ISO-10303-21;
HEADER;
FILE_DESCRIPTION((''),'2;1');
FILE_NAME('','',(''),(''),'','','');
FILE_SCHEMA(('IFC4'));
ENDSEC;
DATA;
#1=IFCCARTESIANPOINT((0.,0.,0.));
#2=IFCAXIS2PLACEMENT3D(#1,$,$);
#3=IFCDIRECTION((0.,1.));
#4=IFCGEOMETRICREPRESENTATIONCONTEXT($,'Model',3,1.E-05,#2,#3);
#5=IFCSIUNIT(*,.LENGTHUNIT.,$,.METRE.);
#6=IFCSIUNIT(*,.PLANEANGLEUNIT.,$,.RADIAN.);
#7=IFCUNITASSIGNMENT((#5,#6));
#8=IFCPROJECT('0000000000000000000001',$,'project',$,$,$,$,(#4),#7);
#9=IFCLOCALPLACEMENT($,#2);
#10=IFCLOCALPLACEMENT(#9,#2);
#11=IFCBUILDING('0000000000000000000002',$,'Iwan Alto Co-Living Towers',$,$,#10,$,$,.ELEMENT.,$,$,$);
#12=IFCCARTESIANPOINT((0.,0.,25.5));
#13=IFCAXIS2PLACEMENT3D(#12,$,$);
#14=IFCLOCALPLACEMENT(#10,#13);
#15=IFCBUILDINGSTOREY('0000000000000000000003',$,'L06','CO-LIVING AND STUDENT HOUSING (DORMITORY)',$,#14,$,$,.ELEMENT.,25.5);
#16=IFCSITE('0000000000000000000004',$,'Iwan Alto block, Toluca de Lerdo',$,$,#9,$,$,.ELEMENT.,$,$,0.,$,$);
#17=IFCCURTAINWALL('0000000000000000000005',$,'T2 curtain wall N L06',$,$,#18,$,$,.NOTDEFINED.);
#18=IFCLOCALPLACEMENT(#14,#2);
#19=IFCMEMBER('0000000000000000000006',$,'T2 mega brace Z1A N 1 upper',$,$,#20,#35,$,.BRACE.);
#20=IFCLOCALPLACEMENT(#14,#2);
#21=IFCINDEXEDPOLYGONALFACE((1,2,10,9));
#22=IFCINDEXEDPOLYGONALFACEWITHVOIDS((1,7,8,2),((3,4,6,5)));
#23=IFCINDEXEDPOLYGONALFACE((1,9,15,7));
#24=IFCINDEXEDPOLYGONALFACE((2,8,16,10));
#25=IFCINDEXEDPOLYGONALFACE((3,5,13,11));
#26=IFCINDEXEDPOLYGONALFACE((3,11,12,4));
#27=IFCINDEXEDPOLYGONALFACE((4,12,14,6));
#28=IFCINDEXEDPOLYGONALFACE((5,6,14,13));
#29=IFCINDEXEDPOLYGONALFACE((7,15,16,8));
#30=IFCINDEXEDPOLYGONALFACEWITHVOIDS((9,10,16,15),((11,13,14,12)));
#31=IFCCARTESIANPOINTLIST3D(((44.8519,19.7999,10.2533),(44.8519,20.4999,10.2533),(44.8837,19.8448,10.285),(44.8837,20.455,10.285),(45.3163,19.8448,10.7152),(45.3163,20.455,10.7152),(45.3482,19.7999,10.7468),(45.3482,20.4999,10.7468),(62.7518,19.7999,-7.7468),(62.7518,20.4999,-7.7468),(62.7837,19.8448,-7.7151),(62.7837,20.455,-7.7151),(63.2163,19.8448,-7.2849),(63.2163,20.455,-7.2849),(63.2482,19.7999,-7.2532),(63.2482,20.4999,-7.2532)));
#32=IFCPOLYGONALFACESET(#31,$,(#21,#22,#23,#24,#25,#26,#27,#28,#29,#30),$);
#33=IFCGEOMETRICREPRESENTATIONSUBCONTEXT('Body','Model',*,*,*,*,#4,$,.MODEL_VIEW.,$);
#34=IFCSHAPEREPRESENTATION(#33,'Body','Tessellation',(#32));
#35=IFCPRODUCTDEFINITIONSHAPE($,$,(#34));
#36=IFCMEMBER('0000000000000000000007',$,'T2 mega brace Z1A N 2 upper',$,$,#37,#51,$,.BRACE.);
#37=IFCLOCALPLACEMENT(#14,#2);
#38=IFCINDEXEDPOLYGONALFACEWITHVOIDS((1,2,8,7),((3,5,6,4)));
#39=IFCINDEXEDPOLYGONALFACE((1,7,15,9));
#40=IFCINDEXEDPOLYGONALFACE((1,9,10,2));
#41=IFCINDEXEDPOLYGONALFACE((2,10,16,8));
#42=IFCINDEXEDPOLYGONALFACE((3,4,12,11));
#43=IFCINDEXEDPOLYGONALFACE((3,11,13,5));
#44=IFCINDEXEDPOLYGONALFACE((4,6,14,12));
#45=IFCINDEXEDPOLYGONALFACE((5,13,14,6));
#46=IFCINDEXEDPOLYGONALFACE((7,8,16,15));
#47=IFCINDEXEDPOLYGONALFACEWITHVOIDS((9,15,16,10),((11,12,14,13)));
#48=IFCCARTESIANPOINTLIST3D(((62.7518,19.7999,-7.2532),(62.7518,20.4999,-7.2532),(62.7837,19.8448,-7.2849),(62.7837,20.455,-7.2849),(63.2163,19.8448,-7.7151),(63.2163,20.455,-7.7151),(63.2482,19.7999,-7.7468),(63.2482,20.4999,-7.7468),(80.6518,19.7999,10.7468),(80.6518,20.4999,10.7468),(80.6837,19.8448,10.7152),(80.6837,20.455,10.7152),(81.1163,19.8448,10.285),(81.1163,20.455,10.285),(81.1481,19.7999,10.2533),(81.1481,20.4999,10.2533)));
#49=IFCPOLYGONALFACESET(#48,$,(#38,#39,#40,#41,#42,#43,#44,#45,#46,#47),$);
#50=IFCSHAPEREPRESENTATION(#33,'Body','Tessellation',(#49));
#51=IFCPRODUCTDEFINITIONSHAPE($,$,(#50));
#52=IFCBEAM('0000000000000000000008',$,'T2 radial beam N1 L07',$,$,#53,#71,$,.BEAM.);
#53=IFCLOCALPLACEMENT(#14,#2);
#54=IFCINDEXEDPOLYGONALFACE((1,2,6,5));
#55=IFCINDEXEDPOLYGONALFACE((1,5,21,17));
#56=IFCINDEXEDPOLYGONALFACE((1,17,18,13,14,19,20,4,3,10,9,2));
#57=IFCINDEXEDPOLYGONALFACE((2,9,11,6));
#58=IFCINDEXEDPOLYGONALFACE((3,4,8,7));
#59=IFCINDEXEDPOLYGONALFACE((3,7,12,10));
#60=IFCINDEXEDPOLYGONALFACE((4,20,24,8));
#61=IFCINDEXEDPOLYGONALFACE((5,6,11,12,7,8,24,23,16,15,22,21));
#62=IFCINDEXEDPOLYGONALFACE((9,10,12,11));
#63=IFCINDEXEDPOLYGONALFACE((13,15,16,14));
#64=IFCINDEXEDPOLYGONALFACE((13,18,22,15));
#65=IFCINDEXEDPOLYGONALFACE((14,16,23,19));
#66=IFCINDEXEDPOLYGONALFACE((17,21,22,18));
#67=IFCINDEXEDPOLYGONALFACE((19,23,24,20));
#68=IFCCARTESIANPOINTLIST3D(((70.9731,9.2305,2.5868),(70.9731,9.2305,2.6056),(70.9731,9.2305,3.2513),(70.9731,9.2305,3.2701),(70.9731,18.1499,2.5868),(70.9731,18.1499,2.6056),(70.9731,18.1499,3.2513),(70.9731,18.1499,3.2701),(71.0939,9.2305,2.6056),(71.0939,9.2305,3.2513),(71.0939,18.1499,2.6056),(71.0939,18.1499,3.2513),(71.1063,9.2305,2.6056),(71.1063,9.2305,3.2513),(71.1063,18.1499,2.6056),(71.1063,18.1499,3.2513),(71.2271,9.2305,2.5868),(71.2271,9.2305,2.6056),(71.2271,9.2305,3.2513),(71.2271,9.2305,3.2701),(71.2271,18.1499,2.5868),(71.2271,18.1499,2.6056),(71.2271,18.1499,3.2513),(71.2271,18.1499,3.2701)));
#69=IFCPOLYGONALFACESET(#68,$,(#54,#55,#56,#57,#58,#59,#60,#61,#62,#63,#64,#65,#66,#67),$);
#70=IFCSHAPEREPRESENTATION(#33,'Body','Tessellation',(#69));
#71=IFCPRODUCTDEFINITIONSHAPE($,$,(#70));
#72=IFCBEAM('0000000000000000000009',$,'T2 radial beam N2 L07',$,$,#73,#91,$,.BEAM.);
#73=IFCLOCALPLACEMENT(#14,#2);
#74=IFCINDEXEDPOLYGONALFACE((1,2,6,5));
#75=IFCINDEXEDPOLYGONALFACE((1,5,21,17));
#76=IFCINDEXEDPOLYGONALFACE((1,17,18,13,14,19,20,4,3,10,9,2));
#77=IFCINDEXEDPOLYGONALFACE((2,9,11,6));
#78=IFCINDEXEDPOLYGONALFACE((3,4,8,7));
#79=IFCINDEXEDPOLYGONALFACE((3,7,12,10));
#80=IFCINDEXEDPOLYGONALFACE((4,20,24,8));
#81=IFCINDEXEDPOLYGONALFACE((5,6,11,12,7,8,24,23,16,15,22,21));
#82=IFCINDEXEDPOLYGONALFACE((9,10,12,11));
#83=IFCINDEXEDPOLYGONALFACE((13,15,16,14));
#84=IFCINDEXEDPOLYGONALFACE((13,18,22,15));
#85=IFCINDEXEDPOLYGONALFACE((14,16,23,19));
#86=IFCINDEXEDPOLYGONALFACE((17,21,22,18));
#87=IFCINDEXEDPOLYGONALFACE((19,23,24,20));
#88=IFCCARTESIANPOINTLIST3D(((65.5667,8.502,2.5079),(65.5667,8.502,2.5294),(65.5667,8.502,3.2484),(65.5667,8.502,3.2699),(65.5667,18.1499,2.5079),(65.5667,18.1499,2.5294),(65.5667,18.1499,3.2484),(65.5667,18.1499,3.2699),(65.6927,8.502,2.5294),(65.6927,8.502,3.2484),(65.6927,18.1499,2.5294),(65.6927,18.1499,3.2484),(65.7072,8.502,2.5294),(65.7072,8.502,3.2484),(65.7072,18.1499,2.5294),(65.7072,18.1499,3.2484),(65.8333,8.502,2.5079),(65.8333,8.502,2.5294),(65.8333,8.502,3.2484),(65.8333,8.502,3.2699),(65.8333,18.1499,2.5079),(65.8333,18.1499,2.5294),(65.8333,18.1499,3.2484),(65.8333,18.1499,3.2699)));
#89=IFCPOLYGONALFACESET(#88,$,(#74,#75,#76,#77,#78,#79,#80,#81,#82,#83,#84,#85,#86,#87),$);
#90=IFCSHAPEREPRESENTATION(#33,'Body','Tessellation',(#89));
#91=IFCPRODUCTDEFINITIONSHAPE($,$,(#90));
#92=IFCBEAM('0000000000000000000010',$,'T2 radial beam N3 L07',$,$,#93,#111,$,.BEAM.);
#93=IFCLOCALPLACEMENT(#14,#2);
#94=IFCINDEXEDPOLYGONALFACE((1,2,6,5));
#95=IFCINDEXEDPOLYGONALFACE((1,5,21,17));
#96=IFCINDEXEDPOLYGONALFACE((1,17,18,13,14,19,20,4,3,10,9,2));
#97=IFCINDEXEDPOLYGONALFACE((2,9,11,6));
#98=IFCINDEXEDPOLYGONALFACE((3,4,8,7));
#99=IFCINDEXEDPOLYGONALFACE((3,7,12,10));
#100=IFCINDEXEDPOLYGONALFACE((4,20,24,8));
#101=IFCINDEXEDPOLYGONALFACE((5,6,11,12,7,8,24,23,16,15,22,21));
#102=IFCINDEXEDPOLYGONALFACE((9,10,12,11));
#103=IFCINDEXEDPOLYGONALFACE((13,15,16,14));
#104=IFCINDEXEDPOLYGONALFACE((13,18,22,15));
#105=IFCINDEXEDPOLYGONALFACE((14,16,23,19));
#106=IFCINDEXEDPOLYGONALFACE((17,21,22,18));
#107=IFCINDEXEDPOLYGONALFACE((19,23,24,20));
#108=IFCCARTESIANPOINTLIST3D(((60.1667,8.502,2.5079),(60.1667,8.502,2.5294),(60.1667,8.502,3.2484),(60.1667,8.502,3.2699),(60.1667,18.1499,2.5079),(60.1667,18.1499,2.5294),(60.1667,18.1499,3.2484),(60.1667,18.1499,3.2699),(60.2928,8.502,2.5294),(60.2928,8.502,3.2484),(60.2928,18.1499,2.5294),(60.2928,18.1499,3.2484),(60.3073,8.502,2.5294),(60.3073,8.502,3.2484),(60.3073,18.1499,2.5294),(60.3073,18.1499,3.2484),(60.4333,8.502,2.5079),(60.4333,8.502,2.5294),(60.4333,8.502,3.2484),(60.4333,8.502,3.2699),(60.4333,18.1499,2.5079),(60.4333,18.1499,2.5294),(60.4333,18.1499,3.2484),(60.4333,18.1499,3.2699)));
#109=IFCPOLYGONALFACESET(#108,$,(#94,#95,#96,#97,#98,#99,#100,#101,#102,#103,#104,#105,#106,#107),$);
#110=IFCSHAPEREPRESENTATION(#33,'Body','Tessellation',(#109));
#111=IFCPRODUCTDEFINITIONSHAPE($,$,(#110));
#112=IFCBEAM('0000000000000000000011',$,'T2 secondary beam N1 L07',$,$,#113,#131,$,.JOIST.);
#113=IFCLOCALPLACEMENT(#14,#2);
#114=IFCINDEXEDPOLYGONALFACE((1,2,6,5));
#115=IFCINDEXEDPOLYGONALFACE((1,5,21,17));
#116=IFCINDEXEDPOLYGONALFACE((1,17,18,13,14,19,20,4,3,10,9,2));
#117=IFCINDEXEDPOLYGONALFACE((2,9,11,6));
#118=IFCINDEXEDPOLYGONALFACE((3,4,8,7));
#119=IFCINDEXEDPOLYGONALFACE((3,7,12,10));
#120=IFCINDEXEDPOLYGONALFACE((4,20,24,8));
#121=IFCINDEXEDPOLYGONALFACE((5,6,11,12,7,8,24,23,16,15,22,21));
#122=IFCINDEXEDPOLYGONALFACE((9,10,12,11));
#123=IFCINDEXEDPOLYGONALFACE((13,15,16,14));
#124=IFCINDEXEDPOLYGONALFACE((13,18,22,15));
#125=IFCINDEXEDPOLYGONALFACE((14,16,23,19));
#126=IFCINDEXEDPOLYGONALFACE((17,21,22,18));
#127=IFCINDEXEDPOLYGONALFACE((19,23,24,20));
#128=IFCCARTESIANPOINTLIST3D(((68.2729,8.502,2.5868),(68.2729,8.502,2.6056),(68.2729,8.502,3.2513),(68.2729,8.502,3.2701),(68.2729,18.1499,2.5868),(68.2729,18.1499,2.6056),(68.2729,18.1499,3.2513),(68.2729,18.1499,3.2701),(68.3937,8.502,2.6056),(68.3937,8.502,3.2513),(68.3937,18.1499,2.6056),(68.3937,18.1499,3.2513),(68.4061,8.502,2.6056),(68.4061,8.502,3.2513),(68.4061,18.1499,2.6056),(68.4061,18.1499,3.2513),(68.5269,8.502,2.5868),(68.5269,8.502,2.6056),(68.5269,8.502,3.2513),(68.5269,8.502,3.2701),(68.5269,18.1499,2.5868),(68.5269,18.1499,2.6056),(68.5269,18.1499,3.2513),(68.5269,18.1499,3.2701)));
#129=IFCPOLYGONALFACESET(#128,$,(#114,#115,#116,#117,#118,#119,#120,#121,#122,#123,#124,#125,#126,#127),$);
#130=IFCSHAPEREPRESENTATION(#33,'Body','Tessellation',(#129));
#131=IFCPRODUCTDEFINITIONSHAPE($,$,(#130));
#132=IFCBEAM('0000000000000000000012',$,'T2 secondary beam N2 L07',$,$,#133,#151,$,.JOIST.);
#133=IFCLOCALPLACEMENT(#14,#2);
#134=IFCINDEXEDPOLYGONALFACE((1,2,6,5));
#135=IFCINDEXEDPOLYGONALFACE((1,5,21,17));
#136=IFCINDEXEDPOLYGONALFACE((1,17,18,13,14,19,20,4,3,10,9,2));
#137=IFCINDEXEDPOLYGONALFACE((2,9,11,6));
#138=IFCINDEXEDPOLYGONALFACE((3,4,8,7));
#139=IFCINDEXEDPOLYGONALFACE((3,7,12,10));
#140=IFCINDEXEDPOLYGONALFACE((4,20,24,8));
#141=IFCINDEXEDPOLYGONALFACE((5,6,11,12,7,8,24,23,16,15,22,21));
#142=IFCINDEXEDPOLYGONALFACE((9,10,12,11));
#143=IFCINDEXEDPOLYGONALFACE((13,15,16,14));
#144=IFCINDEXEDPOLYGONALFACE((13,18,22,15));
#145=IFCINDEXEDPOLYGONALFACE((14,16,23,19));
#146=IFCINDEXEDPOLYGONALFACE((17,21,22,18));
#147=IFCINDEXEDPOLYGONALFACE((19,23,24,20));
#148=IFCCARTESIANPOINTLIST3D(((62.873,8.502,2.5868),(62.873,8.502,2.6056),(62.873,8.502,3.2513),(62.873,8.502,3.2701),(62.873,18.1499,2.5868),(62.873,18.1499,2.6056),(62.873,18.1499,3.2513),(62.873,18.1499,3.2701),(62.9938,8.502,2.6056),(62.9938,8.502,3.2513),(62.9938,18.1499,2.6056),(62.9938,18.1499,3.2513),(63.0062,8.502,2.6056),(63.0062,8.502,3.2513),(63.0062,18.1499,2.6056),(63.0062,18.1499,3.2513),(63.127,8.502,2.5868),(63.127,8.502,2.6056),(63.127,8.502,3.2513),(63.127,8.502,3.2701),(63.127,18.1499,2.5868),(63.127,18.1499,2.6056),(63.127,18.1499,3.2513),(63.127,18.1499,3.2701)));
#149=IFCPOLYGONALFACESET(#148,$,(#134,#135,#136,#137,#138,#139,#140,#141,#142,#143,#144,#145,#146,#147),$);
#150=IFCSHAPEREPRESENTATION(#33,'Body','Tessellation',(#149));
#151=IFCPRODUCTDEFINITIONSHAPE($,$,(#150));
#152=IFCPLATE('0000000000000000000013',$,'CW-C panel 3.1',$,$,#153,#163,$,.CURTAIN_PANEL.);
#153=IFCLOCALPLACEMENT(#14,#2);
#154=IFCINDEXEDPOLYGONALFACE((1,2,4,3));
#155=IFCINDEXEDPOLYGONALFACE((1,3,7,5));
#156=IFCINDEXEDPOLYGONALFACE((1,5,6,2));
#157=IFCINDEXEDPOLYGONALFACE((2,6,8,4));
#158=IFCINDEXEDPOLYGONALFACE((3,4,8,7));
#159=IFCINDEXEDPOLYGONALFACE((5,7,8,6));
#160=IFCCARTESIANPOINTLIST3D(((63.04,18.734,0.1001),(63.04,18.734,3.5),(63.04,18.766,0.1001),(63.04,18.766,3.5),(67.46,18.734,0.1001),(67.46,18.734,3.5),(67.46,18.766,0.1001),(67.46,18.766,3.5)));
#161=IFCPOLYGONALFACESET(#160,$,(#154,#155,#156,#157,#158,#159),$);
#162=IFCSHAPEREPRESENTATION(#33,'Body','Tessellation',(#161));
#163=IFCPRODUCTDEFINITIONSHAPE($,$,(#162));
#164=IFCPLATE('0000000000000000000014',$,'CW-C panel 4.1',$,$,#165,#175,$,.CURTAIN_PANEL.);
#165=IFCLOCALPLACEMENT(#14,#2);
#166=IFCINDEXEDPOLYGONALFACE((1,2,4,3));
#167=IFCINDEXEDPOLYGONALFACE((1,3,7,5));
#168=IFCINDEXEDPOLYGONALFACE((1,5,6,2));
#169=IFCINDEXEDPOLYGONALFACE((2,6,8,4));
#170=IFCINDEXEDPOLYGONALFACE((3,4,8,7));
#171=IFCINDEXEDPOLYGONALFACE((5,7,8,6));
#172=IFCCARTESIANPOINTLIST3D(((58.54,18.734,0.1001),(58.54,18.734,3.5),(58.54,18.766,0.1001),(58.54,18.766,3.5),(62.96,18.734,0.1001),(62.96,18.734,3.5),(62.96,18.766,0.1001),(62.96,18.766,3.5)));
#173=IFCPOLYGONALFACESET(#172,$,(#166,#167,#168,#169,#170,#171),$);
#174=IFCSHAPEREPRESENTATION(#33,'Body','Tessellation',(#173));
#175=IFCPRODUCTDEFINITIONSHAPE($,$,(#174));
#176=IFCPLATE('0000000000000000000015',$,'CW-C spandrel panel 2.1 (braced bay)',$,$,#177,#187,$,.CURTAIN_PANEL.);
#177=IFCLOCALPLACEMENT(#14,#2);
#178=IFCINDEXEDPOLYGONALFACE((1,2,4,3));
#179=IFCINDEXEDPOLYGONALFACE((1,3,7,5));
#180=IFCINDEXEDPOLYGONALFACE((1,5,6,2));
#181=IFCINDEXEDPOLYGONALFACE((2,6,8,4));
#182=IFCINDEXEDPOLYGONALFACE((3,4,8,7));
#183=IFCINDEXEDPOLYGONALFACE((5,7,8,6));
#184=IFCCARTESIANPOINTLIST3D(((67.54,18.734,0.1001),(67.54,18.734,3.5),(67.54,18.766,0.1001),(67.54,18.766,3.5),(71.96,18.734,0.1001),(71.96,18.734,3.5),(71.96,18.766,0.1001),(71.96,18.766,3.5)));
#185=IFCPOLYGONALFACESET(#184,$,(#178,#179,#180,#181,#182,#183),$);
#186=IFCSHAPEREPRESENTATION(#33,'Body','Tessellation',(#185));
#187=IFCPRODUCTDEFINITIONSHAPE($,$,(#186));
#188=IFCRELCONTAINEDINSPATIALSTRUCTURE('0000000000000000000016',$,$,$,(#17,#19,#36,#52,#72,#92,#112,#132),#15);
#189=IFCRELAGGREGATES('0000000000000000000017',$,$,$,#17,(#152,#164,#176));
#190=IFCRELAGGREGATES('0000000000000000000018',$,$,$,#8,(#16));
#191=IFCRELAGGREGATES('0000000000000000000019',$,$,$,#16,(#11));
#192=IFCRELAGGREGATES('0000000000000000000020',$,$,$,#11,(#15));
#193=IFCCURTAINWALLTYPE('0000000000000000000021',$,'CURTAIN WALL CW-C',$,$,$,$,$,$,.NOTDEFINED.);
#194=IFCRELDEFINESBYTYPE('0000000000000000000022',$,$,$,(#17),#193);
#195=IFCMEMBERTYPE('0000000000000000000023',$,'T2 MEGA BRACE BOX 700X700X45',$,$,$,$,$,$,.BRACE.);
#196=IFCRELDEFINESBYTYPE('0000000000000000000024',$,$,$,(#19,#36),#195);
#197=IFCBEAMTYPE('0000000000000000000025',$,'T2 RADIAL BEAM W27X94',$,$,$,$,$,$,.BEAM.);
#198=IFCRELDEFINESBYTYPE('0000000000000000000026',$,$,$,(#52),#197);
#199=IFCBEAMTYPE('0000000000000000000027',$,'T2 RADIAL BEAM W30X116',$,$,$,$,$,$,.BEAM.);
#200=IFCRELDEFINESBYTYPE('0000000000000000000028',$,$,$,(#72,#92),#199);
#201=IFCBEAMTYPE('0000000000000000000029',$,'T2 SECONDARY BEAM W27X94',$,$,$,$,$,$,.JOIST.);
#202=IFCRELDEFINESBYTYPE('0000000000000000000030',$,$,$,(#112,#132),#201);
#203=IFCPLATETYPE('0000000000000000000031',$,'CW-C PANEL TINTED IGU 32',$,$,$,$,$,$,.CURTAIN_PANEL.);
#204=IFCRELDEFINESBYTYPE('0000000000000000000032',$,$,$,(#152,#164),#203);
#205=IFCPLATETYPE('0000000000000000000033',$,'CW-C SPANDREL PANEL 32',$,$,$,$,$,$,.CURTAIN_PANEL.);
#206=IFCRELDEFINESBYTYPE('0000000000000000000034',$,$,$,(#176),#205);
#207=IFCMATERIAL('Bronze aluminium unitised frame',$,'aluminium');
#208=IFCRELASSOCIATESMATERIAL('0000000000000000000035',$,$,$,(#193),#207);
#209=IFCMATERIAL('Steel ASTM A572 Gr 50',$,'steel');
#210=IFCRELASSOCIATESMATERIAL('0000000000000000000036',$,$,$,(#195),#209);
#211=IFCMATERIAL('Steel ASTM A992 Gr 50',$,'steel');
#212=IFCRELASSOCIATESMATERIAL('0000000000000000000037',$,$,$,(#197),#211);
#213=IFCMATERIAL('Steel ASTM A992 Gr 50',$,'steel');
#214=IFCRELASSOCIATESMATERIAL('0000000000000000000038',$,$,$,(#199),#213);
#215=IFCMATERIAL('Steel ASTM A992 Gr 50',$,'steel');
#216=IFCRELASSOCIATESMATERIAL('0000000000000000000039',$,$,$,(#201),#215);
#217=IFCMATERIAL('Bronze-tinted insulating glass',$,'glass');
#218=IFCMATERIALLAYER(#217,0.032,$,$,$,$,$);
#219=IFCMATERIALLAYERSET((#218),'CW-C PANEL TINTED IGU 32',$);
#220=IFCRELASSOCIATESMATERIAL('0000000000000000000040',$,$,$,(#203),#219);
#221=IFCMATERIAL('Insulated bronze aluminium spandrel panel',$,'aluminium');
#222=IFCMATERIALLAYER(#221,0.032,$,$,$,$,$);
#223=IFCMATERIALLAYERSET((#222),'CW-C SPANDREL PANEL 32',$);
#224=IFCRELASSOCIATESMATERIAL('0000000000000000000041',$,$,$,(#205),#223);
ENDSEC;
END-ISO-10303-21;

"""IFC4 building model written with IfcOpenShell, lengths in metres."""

from ifc_helpers import new_model, si_unit, direction, frame, origin, origin_2d, place, context, subcontext, project, spatial, rectangle, hollow_rectangle, i_section, extrude, material, layer, layer_set, material_profile, profile_set, type_object, element, aggregate, save


model = new_model("IFC4")

# Units and contexts
model_context = context("Model", 3, precision=1e-05, world=origin(), true_north=direction((0.0, 1.0)))
body_context = subcontext(model_context, "Body", "Model", "MODEL_VIEW")
ifc_project = project(units=[si_unit("LENGTHUNIT", "METRE"), si_unit("PLANEANGLEUNIT", "RADIAN")], contexts=[model_context])

# Site, building, storey
site_placement = place(None, origin())
site = spatial("IfcSite", under=ifc_project, at=site_placement, Name="Iwan Alto block, Toluca de Lerdo", CompositionType="ELEMENT", RefElevation=0.0)
building_placement = place(site_placement, origin())
building = spatial("IfcBuilding", under=site, at=building_placement, Name="Iwan Alto Co-Living Towers", CompositionType="ELEMENT")
storey_placement = place(building_placement, frame((0.0, 0.0, 25.5)))
storey = spatial("IfcBuildingStorey", under=building, at=storey_placement, Name="L06", Description="CO-LIVING AND STUDENT HOUSING (DORMITORY)", CompositionType="ELEMENT", Elevation=25.5)

# Curtain wall
ifc_material_1 = material(Name="Bronze aluminium unitised frame", Category="aluminium")
curtain_wall_type = type_object("IfcCurtainWallType", Name="CURTAIN WALL CW-C", PredefinedType="NOTDEFINED", material=ifc_material_1)
curtain_wall_placement = place(storey_placement, origin())
curtain_wall = element("IfcCurtainWall", 1, at=curtain_wall_placement, inside=storey, type_object=curtain_wall_type, Name="T2 curtain wall N L06", PredefinedType="NOTDEFINED")

# Members
ifc_material_2 = material(Name="Steel ASTM A572 Gr 50", Category="steel")
ifc_material_profile_1 = material_profile(ifc_material_2, hollow_rectangle(XDim=0.7, YDim=0.7, WallThickness=0.0449, at=origin_2d()), Name="BOX 700X700X45")
ifc_profile_set_1 = profile_set([ifc_material_profile_1], Name="Steel ASTM A572 Gr 50")
member_type_1 = type_object("IfcMemberType", Name="T2 MEGA BRACE BOX 700X700X45", PredefinedType="BRACE", material=ifc_profile_set_1)
for number, where, z_axis, x_axis, name in (
    (2, (63.0, 20.1499, -7.5), (-0.705132, 0.0, 0.709076), (0.0, -1.0, 0.0), "T2 mega brace Z1A N 1 upper"),
    (3, (63.0, 20.1499, -7.5), (0.705132, 0.0, 0.709076), (0.0, 1.0, 0.0), "T2 mega brace Z1A N 2 upper"),
):
    element("IfcMember", number, at=place(storey_placement, frame(where, z_axis=z_axis, x_axis=x_axis)), inside=storey, type_object=member_type_1, Name=name, PredefinedType="BRACE", context=body_context, shape_type="SweptSolid", body=[
        extrude(hollow_rectangle(XDim=0.7, YDim=0.7, WallThickness=0.0449, at=origin_2d()), origin(), (0.0, 0.0, 1.0), 25.3853),
    ])

# Beams
ifc_material_3 = material(Name="Steel ASTM A992 Gr 50", Category="steel")
ifc_material_profile_2 = material_profile(ifc_material_3, i_section(OverallWidth=0.2539, OverallDepth=0.6833, WebThickness=0.0125, FlangeThickness=0.0188, at=origin_2d()), Name="W27X94")
ifc_profile_set_2 = profile_set([ifc_material_profile_2], Name="Steel ASTM A992 Gr 50")
beam_type_1 = type_object("IfcBeamType", Name="T2 RADIAL BEAM W27X94", PredefinedType="BEAM", material=ifc_profile_set_2)
beam_1_placement = place(storey_placement, frame((71.1001, 18.1499, 2.9285), z_axis=(0.0, -1.0, 0.0), x_axis=(1.0, 0.0, 0.0)))
element("IfcBeam", 4, at=beam_1_placement, inside=storey, type_object=beam_type_1, Name="T2 radial beam N1 L07", PredefinedType="BEAM", context=body_context, shape_type="SweptSolid", body=[
    extrude(i_section(OverallWidth=0.2539, OverallDepth=0.6833, WebThickness=0.0125, FlangeThickness=0.0188, at=origin_2d()), origin(), (0.0, 0.0, 1.0), 8.9194),
])
ifc_material_4 = material(Name="Steel ASTM A992 Gr 50", Category="steel")
ifc_material_profile_3 = material_profile(ifc_material_4, i_section(OverallWidth=0.2666, OverallDepth=0.762, WebThickness=0.0144, FlangeThickness=0.0215, at=origin_2d()), Name="W30X116")
ifc_profile_set_3 = profile_set([ifc_material_profile_3], Name="Steel ASTM A992 Gr 50")
beam_type_2 = type_object("IfcBeamType", Name="T2 RADIAL BEAM W30X116", PredefinedType="BEAM", material=ifc_profile_set_3)
for number, where, z_axis, x_axis, name in (
    (5, (65.7, 18.1499, 2.8889), (0.0, -1.0, 0.0), (1.0, 0.0, 0.0), "T2 radial beam N2 L07"),
    (6, (60.3, 18.1499, 2.8889), (0.0, -1.0, 0.0), (1.0, 0.0, 0.0), "T2 radial beam N3 L07"),
):
    element("IfcBeam", number, at=place(storey_placement, frame(where, z_axis=z_axis, x_axis=x_axis)), inside=storey, type_object=beam_type_2, Name=name, PredefinedType="BEAM", context=body_context, shape_type="SweptSolid", body=[
        extrude(i_section(OverallWidth=0.2666, OverallDepth=0.762, WebThickness=0.0144, FlangeThickness=0.0215, at=origin_2d()), origin(), (0.0, 0.0, 1.0), 9.6479),
    ])
ifc_material_5 = material(Name="Steel ASTM A992 Gr 50", Category="steel")
ifc_material_profile_4 = material_profile(ifc_material_5, i_section(OverallWidth=0.2539, OverallDepth=0.6833, WebThickness=0.0125, FlangeThickness=0.0188, at=origin_2d()), Name="W27X94")
ifc_profile_set_4 = profile_set([ifc_material_profile_4], Name="Steel ASTM A992 Gr 50")
beam_type_3 = type_object("IfcBeamType", Name="T2 SECONDARY BEAM W27X94", PredefinedType="JOIST", material=ifc_profile_set_4)
for number, where, z_axis, x_axis, name in (
    (7, (68.3999, 18.1499, 2.9285), (0.0, -1.0, 0.0), (1.0, 0.0, 0.0), "T2 secondary beam N1 L07"),
    (8, (63.0, 18.1499, 2.9285), (0.0, -1.0, 0.0), (1.0, 0.0, 0.0), "T2 secondary beam N2 L07"),
):
    element("IfcBeam", number, at=place(storey_placement, frame(where, z_axis=z_axis, x_axis=x_axis)), inside=storey, type_object=beam_type_3, Name=name, PredefinedType="JOIST", context=body_context, shape_type="SweptSolid", body=[
        extrude(i_section(OverallWidth=0.2539, OverallDepth=0.6833, WebThickness=0.0125, FlangeThickness=0.0188, at=origin_2d()), origin(), (0.0, 0.0, 1.0), 9.6479),
    ])

# Plates
ifc_material_6 = material(Name="Bronze-tinted insulating glass", Category="glass")
ifc_layer_1 = layer(ifc_material_6, 0.032)
ifc_layer_set_1 = layer_set([ifc_layer_1], Name="CW-C PANEL TINTED IGU 32")
plate_type_1 = type_object("IfcPlateType", Name="CW-C PANEL TINTED IGU 32", PredefinedType="CURTAIN_PANEL", material=ifc_layer_set_1)
plate_1_placement = place(storey_placement, frame((65.25, 18.75, 0.1001), z_axis=(0.0, 0.0, 1.0), x_axis=(-1.0, 0.0, 0.0)))
plate_1 = element("IfcPlate", 9, at=plate_1_placement, type_object=plate_type_1, Name="CW-C panel 3.1", PredefinedType="CURTAIN_PANEL", context=body_context, shape_type="SweptSolid", body=[
    extrude(rectangle(XDim=4.4199, YDim=0.032, at=origin_2d()), origin(), (0.0, 0.0, 1.0), 3.3999),
])
plate_2_placement = place(storey_placement, frame((60.75, 18.75, 0.1001), z_axis=(0.0, 0.0, 1.0), x_axis=(-1.0, 0.0, 0.0)))
plate_2 = element("IfcPlate", 10, at=plate_2_placement, type_object=plate_type_1, Name="CW-C panel 4.1", PredefinedType="CURTAIN_PANEL", context=body_context, shape_type="SweptSolid", body=[
    extrude(rectangle(XDim=4.4199, YDim=0.032, at=origin_2d()), origin(), (0.0, 0.0, 1.0), 3.3999),
])
ifc_material_7 = material(Name="Insulated bronze aluminium spandrel panel", Category="aluminium")
ifc_layer_2 = layer(ifc_material_7, 0.032)
ifc_layer_set_2 = layer_set([ifc_layer_2], Name="CW-C SPANDREL PANEL 32")
plate_type_2 = type_object("IfcPlateType", Name="CW-C SPANDREL PANEL 32", PredefinedType="CURTAIN_PANEL", material=ifc_layer_set_2)
plate_3_placement = place(storey_placement, frame((69.75, 18.75, 0.1001), z_axis=(0.0, 0.0, 1.0), x_axis=(-1.0, 0.0, 0.0)))
plate_3 = element("IfcPlate", 11, at=plate_3_placement, type_object=plate_type_2, Name="CW-C spandrel panel 2.1 (braced bay)", PredefinedType="CURTAIN_PANEL", context=body_context, shape_type="SweptSolid", body=[
    extrude(rectangle(XDim=4.4199, YDim=0.032, at=origin_2d()), origin(), (0.0, 0.0, 1.0), 3.3999),
])
aggregate(curtain_wall, [plate_1, plate_2, plate_3])

save(model, "model.ifc")
